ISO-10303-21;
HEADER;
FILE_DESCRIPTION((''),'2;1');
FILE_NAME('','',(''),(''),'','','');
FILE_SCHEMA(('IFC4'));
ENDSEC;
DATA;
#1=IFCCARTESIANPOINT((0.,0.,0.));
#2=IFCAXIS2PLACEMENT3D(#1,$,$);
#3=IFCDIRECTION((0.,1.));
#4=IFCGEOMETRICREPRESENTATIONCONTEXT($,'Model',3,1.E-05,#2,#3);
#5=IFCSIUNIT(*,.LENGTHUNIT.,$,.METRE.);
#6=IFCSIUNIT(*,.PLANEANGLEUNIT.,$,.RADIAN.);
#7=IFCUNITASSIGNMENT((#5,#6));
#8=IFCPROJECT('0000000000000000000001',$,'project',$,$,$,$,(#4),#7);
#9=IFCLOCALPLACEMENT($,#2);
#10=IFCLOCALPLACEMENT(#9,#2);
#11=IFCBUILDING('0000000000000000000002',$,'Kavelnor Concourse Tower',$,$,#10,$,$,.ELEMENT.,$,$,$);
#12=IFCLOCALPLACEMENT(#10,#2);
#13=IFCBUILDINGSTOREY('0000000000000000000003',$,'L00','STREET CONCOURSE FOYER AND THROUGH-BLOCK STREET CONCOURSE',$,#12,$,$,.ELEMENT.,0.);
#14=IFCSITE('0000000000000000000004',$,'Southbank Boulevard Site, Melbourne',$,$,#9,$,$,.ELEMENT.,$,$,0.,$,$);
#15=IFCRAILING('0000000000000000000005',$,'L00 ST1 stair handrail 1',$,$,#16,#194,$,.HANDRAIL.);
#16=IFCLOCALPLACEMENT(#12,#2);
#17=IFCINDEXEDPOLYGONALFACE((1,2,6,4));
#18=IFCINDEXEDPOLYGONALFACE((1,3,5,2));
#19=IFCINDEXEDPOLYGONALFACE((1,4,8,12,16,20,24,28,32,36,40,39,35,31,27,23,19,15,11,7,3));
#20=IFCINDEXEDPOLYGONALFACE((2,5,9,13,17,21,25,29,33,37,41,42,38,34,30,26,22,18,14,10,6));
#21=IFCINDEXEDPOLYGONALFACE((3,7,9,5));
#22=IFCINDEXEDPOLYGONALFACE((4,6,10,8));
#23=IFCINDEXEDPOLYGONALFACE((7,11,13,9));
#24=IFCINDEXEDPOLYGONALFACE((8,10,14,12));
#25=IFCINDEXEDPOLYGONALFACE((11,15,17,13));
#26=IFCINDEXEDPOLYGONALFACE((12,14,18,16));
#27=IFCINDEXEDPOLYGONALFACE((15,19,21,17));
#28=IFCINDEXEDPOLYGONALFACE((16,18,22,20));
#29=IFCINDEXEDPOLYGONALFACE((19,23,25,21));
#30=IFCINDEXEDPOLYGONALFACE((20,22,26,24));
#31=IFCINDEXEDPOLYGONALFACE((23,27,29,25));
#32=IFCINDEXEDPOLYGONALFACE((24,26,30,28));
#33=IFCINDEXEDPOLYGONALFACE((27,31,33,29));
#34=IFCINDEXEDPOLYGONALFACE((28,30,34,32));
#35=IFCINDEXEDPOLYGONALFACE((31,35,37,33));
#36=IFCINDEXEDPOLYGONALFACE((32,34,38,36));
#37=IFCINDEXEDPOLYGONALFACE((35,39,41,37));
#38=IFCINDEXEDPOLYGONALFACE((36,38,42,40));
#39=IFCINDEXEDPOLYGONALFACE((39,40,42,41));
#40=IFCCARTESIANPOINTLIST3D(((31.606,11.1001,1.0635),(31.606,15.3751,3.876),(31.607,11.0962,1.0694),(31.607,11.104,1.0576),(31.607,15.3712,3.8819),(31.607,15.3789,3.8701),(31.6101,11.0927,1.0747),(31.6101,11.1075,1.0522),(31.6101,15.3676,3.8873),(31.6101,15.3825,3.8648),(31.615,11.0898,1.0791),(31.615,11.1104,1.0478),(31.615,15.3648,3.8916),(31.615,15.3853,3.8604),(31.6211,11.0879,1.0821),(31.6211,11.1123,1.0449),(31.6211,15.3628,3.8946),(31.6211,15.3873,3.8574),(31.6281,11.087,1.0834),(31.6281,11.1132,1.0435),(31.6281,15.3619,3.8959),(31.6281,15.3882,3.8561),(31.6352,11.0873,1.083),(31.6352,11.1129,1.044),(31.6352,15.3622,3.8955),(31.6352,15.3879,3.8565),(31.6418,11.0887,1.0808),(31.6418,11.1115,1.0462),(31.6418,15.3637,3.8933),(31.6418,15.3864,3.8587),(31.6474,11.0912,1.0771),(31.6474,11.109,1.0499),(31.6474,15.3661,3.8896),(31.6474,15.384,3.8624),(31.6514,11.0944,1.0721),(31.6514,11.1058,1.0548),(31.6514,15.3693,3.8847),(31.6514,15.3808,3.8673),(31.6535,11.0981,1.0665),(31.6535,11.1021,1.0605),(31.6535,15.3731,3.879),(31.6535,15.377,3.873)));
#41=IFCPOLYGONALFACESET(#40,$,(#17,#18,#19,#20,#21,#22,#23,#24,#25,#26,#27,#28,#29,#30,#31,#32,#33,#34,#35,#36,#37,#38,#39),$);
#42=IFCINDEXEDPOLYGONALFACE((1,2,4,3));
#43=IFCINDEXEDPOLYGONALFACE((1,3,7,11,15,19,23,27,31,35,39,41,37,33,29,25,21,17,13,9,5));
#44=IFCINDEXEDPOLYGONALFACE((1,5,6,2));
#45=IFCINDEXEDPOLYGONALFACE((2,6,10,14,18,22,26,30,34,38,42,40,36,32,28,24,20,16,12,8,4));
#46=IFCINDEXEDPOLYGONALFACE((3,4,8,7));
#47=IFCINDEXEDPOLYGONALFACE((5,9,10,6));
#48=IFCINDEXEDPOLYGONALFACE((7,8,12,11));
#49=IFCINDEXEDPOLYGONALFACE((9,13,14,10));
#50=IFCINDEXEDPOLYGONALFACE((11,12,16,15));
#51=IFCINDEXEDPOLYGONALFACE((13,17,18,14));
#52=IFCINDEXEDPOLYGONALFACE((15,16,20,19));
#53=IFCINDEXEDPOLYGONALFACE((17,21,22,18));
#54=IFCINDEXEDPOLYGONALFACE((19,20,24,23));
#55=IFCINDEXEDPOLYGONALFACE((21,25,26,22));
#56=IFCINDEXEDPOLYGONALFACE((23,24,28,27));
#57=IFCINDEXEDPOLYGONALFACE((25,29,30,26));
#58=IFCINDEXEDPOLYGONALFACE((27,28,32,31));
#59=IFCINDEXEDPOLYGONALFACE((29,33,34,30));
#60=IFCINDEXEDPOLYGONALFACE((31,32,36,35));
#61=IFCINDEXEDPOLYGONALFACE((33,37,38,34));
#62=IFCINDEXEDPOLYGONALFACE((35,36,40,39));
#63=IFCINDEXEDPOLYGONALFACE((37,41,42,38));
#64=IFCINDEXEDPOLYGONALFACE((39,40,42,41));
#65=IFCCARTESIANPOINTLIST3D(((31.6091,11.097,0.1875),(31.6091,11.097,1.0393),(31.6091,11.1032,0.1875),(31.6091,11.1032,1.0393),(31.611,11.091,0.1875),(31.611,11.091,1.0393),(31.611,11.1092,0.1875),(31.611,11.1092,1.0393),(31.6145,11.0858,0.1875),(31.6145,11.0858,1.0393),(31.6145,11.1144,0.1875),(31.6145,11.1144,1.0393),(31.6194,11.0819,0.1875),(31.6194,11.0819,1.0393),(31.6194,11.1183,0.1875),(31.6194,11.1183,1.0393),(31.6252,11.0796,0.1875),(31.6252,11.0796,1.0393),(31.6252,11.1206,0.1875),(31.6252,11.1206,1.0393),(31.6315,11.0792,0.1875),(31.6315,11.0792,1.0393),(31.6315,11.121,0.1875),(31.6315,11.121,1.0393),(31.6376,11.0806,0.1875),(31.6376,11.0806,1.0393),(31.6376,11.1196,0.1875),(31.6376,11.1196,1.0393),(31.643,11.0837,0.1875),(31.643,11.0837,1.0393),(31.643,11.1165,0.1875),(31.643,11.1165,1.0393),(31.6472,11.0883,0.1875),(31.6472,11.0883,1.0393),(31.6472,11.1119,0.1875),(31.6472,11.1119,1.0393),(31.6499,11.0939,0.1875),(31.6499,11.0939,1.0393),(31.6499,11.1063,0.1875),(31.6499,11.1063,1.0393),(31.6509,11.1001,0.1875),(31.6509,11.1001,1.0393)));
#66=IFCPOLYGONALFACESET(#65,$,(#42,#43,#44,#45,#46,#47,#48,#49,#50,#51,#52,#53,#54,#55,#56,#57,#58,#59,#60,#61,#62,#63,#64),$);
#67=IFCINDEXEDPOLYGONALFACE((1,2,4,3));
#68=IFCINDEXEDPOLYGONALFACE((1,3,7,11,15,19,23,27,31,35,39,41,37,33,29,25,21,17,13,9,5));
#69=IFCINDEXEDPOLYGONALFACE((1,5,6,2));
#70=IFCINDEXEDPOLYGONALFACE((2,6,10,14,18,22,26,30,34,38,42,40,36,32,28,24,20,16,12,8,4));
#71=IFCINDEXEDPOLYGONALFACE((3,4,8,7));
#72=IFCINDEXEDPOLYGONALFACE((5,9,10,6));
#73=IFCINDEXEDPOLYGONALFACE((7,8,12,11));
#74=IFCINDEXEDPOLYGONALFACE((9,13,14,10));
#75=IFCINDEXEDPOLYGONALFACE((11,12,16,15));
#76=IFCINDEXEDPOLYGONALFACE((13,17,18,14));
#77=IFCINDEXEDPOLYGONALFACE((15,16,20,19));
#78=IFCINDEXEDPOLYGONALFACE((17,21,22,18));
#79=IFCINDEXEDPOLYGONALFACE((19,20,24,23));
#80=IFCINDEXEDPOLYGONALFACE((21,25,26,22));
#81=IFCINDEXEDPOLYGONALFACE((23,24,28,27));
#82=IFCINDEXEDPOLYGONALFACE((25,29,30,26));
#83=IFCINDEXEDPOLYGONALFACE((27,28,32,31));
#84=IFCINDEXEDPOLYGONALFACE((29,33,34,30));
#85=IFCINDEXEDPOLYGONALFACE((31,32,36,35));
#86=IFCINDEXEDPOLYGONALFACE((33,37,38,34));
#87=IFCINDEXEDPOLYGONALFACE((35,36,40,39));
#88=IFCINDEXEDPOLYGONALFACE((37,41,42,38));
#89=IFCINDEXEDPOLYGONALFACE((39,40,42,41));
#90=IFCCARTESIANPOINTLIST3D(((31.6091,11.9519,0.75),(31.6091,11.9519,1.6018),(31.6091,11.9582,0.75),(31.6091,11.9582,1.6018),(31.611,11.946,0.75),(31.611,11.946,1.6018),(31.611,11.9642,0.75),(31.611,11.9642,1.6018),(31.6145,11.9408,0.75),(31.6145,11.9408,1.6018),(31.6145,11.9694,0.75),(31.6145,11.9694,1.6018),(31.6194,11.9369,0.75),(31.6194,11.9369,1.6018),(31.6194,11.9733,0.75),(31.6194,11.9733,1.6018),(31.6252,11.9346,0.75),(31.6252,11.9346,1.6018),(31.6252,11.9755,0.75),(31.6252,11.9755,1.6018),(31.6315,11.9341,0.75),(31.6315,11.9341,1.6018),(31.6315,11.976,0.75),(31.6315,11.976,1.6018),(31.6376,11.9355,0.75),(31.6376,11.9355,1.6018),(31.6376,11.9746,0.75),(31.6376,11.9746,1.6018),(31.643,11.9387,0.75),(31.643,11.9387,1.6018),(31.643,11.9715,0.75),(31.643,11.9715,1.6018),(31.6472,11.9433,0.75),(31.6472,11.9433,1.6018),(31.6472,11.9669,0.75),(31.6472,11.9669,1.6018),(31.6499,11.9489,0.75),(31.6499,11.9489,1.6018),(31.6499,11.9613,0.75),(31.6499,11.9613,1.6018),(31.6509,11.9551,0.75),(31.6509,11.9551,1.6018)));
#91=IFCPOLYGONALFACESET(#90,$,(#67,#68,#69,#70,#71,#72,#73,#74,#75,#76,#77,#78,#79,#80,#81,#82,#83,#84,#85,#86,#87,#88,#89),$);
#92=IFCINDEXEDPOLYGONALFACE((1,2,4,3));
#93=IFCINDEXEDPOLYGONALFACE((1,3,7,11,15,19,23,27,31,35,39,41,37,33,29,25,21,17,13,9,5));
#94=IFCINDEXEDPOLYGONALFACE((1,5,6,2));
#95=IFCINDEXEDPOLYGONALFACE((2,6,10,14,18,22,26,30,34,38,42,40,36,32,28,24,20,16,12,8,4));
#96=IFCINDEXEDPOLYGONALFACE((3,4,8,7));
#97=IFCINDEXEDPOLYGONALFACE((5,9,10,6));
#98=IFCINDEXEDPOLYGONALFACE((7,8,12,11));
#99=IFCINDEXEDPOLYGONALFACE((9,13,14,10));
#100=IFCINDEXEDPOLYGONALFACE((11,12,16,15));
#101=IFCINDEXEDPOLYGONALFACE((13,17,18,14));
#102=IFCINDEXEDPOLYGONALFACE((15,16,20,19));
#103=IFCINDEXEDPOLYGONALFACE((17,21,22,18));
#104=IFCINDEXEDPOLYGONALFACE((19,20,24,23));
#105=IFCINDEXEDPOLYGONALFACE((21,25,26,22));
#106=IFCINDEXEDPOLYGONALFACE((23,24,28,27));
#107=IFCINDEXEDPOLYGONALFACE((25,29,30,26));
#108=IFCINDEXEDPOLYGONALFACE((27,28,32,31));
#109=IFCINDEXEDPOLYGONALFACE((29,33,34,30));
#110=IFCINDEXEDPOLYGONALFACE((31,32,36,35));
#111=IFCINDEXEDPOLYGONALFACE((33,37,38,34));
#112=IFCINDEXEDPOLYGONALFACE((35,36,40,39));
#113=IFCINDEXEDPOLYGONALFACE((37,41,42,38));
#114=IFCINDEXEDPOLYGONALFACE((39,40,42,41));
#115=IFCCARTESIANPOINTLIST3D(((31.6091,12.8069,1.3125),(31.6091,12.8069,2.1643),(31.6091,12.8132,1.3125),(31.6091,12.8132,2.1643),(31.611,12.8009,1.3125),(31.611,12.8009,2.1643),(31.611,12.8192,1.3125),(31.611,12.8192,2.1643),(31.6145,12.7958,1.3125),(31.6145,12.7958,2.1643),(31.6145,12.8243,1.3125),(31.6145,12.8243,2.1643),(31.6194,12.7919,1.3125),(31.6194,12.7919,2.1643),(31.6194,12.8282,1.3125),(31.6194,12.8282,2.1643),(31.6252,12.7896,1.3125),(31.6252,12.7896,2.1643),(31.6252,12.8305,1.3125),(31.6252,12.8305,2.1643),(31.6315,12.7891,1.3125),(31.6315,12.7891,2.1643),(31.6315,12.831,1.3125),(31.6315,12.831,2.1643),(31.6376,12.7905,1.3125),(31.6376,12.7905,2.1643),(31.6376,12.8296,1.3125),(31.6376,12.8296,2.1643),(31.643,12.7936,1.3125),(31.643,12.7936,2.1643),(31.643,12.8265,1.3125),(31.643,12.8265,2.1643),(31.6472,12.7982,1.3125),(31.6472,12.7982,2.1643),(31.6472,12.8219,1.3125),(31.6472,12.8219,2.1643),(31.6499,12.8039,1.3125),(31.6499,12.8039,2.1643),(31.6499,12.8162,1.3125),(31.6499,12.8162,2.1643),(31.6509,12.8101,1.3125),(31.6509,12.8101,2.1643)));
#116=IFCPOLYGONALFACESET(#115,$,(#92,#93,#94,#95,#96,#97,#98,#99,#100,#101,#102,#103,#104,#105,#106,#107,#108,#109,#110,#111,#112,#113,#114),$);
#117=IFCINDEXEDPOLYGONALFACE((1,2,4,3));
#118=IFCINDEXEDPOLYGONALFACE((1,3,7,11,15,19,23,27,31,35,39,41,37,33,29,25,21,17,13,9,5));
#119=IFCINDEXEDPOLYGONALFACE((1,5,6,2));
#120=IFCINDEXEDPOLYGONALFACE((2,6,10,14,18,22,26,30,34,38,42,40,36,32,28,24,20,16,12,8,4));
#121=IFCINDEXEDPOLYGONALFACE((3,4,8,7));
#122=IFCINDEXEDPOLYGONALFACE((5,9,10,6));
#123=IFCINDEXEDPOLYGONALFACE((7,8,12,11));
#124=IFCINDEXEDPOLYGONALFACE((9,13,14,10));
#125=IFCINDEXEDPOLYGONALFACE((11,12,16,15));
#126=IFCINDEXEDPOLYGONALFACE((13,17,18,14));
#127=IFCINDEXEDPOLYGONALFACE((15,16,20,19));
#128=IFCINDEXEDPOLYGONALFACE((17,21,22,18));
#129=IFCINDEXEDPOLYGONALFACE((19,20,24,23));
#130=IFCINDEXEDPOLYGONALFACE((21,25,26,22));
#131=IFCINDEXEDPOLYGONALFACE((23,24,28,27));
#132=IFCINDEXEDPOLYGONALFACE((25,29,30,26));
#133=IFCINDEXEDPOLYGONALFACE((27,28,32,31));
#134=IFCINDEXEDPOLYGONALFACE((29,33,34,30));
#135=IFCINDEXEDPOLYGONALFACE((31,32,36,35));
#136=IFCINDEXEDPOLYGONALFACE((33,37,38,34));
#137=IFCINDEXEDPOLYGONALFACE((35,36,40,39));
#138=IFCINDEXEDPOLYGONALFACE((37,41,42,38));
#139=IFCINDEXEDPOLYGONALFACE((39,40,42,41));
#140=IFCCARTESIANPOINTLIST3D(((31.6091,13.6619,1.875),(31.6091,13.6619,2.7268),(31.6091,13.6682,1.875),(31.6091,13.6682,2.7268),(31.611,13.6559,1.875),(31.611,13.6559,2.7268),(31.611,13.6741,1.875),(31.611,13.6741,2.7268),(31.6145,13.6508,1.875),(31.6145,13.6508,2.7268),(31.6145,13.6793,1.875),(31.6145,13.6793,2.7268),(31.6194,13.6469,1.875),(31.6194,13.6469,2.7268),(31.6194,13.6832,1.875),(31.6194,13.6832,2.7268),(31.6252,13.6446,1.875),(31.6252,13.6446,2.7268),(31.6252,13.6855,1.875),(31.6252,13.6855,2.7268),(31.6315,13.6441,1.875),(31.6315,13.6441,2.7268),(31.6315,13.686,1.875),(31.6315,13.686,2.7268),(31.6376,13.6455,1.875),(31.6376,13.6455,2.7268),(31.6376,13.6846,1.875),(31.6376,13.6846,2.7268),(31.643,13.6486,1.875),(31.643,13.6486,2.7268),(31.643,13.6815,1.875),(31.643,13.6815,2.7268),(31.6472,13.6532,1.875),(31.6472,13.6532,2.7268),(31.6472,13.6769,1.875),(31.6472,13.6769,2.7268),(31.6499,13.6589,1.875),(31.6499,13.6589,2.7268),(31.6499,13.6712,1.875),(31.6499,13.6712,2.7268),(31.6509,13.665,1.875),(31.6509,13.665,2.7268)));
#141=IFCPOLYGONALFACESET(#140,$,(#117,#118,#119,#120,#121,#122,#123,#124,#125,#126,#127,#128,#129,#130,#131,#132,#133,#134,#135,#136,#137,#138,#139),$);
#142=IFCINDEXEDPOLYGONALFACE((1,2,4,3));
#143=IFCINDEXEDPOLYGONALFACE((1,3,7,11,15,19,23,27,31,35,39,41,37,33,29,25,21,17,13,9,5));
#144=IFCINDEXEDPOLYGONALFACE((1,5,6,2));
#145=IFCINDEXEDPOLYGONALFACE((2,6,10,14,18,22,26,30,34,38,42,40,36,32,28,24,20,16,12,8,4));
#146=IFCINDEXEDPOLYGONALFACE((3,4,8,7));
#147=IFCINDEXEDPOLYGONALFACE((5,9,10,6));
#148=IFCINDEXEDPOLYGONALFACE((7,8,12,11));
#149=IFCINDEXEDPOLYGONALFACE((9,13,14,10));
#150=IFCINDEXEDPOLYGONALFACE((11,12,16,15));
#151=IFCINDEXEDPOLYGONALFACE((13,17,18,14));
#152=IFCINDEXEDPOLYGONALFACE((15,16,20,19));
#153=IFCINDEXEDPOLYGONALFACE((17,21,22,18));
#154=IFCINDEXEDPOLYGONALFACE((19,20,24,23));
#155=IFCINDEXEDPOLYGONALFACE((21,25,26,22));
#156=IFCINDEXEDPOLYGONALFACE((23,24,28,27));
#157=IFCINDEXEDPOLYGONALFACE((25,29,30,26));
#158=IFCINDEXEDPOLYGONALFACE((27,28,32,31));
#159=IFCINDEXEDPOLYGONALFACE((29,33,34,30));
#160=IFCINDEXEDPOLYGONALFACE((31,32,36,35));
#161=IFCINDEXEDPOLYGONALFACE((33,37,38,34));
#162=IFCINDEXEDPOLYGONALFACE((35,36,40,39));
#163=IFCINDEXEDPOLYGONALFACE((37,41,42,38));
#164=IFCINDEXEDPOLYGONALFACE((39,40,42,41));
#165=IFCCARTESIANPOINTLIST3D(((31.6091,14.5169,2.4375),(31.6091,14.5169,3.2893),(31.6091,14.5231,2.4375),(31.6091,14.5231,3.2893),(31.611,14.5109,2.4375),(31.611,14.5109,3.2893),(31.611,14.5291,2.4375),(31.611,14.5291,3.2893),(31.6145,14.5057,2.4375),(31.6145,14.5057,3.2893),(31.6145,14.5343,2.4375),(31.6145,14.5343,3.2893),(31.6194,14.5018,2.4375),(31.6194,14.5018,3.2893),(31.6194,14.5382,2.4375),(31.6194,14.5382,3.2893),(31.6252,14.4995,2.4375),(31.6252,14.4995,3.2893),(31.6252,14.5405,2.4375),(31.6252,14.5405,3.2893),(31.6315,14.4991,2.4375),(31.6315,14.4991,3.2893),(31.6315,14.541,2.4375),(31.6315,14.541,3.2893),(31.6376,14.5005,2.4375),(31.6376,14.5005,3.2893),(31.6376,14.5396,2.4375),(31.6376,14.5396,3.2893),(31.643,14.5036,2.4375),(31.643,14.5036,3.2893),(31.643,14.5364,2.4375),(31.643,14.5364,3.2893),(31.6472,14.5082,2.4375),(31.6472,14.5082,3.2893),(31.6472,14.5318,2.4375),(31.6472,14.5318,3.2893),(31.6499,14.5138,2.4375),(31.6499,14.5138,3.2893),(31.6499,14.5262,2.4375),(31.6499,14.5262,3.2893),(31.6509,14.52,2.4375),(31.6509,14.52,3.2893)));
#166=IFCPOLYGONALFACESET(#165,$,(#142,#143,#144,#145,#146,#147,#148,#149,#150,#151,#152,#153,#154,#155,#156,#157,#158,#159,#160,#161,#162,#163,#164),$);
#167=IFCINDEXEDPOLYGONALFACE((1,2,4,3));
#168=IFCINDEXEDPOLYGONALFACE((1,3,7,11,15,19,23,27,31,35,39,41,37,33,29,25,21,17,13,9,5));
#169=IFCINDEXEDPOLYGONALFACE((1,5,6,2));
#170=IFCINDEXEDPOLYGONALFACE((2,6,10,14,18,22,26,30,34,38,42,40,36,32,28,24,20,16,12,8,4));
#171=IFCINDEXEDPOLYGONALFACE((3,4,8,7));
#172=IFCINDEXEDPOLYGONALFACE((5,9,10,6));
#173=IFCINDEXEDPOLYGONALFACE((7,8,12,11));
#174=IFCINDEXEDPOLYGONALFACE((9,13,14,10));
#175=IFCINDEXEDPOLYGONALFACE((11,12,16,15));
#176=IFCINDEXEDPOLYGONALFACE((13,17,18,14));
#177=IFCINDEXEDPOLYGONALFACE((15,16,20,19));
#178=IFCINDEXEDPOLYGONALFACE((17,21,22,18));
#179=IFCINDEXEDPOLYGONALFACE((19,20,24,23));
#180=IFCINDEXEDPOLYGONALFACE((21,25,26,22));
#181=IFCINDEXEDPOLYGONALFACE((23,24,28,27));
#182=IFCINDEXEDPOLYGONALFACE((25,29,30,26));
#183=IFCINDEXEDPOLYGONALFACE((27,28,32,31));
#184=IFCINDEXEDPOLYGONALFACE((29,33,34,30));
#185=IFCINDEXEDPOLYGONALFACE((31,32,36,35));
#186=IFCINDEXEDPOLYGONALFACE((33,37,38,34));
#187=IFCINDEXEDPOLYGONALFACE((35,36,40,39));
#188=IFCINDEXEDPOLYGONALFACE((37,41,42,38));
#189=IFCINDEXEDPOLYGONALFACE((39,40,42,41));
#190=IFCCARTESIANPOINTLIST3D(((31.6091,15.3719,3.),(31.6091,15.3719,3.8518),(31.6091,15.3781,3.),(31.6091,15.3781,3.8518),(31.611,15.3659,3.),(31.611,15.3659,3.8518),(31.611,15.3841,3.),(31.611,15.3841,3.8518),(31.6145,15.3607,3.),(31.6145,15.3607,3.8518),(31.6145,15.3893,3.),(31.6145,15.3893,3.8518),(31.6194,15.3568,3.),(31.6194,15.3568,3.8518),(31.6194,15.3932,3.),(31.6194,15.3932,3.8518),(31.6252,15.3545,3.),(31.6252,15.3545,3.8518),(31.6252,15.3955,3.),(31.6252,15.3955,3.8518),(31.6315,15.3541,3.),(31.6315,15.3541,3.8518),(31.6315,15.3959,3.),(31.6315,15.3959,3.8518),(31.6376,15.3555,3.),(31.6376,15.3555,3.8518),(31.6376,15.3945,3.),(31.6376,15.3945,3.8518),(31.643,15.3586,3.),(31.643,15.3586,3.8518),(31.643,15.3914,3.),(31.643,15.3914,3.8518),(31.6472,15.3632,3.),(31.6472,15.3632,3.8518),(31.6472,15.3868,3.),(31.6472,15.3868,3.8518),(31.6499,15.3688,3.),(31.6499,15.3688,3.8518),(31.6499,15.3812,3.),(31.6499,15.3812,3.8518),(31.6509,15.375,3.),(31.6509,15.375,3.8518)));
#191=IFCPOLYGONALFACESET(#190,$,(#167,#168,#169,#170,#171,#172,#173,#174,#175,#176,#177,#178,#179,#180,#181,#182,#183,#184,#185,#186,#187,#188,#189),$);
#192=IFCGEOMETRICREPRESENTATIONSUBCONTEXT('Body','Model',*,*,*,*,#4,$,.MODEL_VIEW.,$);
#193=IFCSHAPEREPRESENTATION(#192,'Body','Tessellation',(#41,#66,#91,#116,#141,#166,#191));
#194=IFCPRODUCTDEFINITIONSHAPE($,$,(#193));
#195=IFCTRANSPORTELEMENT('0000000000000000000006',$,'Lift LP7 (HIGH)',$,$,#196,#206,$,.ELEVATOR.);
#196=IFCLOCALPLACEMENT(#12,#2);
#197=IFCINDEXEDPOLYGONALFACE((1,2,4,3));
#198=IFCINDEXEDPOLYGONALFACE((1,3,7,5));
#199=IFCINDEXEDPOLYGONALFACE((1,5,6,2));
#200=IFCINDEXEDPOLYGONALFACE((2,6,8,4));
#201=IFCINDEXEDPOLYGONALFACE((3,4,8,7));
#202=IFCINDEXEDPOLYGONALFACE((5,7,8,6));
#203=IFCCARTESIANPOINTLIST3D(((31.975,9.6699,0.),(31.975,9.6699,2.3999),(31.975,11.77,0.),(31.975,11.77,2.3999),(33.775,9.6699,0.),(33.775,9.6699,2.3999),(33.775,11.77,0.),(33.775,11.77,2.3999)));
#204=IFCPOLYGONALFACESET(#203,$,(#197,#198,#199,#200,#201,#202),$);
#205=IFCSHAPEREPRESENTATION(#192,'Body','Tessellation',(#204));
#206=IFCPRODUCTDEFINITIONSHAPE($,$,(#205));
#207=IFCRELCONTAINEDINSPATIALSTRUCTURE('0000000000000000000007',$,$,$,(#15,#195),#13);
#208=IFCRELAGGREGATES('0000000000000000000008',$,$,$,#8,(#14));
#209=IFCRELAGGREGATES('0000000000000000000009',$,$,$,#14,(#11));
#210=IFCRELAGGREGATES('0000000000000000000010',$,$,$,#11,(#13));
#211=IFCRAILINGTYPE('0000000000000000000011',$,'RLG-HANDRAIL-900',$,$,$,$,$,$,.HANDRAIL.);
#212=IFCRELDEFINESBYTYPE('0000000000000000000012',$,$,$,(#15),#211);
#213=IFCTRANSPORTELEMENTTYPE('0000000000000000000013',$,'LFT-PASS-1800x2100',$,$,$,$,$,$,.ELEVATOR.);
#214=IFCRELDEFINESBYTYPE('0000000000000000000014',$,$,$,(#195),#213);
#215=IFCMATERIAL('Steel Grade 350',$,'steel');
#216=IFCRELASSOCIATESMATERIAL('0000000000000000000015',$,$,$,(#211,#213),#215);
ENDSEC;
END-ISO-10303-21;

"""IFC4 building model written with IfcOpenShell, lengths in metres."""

from ifc_helpers import new_model, si_unit, direction, frame, origin, origin_2d, place, context, subcontext, project, spatial, rectangle, circle, extrude, material, type_object, element, save


model = new_model("IFC4")

# Units and contexts
model_context = context("Model", 3, precision=1e-05, world=origin(), true_north=direction((0.0, 1.0)))
body_context = subcontext(model_context, "Body", "Model", "MODEL_VIEW")
ifc_project = project(units=[si_unit("LENGTHUNIT", "METRE"), si_unit("PLANEANGLEUNIT", "RADIAN")], contexts=[model_context])

# Site, building, storey
site_placement = place(None, origin())
site = spatial("IfcSite", under=ifc_project, at=site_placement, Name="Southbank Boulevard Site, Melbourne", CompositionType="ELEMENT", RefElevation=0.0)
building_placement = place(site_placement, origin())
building = spatial("IfcBuilding", under=site, at=building_placement, Name="Kavelnor Concourse Tower", CompositionType="ELEMENT")
storey_placement = place(building_placement, origin())
storey = spatial("IfcBuildingStorey", under=building, at=storey_placement, Name="L00", Description="STREET CONCOURSE FOYER AND THROUGH-BLOCK STREET CONCOURSE", CompositionType="ELEMENT", Elevation=0.0)

# Shared definitions
ifc_material_1 = material(Name="Steel Grade 350", Category="steel")

# Railing
railing_type_1 = type_object("IfcRailingType", Name="RLG-HANDRAIL-900", PredefinedType="HANDRAIL", material=ifc_material_1)
railing_1_placement = place(storey_placement, frame((31.6299, 11.1001, 0.1875)))
element("IfcRailing", 1, at=railing_1_placement, inside=storey, type_object=railing_type_1, Name="L00 ST1 stair handrail 1", PredefinedType="HANDRAIL", context=body_context, shape_type="SweptSolid", body=[
    extrude(circle(Radius=0.0239, at=origin_2d()), frame((0.0, 0.0, 0.876), z_axis=(0.0, 0.835411, 0.549625), x_axis=(-1.0, 0.0, 0.0)), (0.0, 0.0, 1.0), 5.1172),
    extrude(circle(Radius=0.021, at=origin_2d()), origin(), (0.0, 0.0, 1.0), 0.8518),
    extrude(circle(Radius=0.021, at=origin_2d()), frame((0.0, 0.855, 0.5625)), (0.0, 0.0, 1.0), 0.8518),
    extrude(circle(Radius=0.021, at=origin_2d()), frame((0.0, 1.71, 1.125)), (0.0, 0.0, 1.0), 0.8518),
    extrude(circle(Radius=0.021, at=origin_2d()), frame((0.0, 2.5649, 1.6875)), (0.0, 0.0, 1.0), 0.8518),
    extrude(circle(Radius=0.021, at=origin_2d()), frame((0.0, 3.4199, 2.25)), (0.0, 0.0, 1.0), 0.8518),
    extrude(circle(Radius=0.021, at=origin_2d()), frame((0.0, 4.2749, 2.8125)), (0.0, 0.0, 1.0), 0.8518),
])

# Transport element
transport_element_type = type_object("IfcTransportElementType", Name="LFT-PASS-1800x2100", PredefinedType="ELEVATOR", material=ifc_material_1)
transport_element_placement = place(storey_placement, frame((32.875, 10.72, 0.0), z_axis=(0.0, 0.0, 1.0), x_axis=(1.0, 0.0, 0.0)))
element("IfcTransportElement", 2, at=transport_element_placement, inside=storey, type_object=transport_element_type, Name="Lift LP7 (HIGH)", PredefinedType="ELEVATOR", context=body_context, shape_type="SweptSolid", body=[
    extrude(rectangle(XDim=1.8, YDim=2.1001, at=origin_2d()), origin(), (0.0, 0.0, 1.0), 2.3999),
])

save(model, "model.ifc")
